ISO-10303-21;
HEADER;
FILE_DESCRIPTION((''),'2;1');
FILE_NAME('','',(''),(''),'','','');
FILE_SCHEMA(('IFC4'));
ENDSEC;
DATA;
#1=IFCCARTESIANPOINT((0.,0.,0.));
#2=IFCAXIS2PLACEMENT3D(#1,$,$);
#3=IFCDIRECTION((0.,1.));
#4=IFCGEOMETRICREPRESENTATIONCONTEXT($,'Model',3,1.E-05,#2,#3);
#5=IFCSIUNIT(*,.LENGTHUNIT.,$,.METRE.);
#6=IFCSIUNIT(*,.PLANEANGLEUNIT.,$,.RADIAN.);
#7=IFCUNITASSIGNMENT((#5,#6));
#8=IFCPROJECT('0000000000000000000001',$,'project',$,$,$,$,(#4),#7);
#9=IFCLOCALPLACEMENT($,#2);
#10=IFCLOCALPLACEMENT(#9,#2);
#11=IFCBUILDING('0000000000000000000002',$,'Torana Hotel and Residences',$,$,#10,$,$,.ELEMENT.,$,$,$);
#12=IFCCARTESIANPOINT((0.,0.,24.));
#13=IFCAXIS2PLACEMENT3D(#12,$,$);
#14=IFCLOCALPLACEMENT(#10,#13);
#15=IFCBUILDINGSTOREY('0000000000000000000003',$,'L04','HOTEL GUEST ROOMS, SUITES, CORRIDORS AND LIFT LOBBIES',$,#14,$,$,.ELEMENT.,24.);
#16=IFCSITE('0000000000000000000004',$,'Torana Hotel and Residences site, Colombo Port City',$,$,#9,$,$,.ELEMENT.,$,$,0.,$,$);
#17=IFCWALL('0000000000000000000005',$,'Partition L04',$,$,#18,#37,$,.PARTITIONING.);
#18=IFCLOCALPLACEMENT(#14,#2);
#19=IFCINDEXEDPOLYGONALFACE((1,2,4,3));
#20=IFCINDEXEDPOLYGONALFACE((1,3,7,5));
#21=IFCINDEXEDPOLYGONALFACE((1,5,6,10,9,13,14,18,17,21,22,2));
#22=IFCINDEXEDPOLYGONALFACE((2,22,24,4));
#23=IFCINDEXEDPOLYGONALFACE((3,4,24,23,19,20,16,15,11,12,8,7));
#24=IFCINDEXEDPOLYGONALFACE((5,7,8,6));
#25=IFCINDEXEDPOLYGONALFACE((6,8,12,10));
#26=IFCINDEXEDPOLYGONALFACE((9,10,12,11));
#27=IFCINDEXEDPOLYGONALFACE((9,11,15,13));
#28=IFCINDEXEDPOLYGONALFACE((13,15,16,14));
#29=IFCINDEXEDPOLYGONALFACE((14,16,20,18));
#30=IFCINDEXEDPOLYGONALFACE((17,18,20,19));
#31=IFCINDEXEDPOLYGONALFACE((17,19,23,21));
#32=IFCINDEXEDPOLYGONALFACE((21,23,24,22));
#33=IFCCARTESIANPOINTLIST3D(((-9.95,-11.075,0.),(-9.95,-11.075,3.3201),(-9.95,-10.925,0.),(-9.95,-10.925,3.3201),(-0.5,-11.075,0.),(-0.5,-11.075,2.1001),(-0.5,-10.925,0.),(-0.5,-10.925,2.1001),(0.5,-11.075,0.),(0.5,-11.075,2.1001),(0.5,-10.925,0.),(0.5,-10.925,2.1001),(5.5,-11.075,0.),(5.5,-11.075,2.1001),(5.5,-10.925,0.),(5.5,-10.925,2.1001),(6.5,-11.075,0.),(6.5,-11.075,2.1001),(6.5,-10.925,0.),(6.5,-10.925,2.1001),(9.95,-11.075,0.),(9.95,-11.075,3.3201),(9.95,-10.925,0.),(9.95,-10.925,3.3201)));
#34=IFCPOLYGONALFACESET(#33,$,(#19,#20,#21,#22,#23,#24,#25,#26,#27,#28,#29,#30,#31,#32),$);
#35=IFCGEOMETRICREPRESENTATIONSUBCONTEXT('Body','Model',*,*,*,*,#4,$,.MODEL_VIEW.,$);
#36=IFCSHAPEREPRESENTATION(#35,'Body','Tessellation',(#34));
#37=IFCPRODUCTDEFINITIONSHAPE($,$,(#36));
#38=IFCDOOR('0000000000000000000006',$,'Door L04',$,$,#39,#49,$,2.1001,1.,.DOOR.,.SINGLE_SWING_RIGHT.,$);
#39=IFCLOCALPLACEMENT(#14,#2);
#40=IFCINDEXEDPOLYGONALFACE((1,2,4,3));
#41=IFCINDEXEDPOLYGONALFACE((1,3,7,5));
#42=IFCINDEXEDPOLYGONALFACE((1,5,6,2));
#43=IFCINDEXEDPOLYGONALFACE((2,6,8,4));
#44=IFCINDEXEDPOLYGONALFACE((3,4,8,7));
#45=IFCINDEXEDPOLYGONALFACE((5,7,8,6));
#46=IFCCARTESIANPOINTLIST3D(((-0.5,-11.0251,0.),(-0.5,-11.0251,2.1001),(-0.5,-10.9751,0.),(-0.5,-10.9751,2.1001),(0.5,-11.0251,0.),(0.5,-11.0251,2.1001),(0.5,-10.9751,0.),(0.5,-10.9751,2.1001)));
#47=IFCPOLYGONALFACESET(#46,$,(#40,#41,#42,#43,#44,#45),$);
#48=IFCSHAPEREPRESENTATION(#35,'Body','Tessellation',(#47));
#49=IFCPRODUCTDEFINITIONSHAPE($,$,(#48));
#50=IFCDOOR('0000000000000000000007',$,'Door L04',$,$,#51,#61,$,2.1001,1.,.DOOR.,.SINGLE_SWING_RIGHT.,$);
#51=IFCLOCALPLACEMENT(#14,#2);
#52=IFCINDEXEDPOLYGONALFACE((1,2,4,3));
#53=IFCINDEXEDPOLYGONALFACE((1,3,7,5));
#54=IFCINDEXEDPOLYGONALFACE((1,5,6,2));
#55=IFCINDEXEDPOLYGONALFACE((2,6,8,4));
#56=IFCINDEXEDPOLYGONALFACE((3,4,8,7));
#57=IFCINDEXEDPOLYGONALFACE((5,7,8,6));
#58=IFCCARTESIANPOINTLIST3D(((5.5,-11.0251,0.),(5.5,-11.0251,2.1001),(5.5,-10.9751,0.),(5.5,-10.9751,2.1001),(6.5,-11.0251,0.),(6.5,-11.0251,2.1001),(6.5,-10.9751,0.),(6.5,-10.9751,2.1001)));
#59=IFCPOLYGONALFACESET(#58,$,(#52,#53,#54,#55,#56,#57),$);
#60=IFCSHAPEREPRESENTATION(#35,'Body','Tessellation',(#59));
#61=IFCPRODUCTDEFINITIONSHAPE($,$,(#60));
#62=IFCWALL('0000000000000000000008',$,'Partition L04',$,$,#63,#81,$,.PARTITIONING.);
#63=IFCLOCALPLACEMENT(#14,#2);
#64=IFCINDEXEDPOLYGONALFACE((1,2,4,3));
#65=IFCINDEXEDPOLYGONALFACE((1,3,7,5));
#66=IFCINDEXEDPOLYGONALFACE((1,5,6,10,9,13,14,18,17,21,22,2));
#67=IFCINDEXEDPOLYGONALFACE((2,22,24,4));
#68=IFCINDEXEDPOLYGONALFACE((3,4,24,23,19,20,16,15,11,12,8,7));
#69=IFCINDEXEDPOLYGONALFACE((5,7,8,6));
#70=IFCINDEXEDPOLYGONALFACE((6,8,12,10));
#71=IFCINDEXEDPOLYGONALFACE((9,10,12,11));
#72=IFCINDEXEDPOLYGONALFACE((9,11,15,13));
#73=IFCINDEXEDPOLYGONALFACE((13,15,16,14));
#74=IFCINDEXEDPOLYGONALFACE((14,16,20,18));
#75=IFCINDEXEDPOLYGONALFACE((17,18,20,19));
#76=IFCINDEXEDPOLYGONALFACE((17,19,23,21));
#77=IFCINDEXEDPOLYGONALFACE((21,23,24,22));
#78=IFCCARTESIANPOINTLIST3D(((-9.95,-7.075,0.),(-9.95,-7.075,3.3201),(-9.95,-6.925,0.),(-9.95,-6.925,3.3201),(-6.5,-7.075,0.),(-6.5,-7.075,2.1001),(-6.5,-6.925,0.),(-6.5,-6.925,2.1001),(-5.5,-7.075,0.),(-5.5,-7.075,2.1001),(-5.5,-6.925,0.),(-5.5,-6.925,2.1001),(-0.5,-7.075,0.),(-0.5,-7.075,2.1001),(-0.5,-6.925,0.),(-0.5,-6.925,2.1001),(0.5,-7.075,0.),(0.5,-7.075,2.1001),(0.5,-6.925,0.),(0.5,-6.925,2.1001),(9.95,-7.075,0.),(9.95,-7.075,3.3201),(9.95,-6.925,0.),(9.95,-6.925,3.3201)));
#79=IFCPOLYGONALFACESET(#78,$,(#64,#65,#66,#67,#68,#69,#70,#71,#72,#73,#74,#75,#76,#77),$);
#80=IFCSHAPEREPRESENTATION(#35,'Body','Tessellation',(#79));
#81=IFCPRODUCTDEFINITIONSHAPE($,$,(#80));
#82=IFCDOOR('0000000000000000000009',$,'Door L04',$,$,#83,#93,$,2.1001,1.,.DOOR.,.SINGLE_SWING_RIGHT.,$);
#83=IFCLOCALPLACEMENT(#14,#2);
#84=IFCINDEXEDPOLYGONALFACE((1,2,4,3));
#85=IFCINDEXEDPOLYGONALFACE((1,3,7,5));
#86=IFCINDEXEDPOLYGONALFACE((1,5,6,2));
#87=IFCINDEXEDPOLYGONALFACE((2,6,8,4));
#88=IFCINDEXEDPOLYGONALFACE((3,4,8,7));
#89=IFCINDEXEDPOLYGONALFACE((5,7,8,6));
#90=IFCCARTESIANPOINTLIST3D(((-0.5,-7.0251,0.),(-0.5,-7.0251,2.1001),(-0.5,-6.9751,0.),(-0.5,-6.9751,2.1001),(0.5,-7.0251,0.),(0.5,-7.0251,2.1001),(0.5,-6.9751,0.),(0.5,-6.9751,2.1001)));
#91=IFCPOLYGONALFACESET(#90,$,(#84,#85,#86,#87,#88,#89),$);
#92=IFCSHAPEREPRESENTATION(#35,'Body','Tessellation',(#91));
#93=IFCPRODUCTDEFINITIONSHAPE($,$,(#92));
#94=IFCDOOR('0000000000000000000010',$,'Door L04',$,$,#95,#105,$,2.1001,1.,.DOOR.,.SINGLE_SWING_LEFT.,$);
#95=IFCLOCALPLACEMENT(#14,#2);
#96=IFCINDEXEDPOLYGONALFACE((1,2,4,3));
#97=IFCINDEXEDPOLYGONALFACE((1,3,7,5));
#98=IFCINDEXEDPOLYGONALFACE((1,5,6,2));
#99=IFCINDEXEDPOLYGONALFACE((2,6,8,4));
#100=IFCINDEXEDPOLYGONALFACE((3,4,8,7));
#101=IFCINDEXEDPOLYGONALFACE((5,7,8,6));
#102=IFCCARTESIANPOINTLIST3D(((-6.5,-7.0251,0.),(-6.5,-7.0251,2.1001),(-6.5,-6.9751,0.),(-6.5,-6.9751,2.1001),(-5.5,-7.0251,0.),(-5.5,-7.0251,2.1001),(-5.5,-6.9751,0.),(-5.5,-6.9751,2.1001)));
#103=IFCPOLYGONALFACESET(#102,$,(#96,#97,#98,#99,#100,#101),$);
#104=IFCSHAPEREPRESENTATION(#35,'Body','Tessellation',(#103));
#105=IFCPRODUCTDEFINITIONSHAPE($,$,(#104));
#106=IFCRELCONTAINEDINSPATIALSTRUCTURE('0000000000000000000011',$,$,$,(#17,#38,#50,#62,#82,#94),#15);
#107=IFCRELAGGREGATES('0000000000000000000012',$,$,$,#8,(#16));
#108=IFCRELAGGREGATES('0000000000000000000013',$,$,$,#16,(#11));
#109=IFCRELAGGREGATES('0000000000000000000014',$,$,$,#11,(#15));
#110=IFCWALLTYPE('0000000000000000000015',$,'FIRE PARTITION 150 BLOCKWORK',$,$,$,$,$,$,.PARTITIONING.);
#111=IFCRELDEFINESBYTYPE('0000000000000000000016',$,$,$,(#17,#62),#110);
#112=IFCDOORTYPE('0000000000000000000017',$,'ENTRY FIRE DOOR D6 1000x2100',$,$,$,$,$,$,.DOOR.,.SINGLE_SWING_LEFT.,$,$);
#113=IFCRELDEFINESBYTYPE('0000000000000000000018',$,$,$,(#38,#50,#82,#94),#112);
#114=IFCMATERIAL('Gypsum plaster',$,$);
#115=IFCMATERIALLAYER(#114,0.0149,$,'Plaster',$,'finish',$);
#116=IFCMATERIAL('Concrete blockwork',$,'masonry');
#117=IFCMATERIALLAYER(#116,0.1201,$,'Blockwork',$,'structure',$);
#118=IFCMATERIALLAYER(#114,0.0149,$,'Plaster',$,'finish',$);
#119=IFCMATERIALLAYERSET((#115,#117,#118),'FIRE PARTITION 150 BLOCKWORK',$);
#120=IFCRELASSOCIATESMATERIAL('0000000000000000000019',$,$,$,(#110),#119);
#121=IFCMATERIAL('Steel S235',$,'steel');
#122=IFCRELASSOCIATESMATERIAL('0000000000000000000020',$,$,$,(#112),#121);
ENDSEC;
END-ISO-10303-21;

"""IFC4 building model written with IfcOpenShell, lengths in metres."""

from ifc_helpers import new_model, si_unit, direction, frame, frame_2d, origin, place, context, subcontext, project, spatial, rectangle, extrude, material, layer, layer_set, type_object, element, fill, save


model = new_model("IFC4")

# Units and contexts
model_context = context("Model", 3, precision=1e-05, world=origin(), true_north=direction((0.0, 1.0)))
body_context = subcontext(model_context, "Body", "Model", "MODEL_VIEW")
ifc_project = project(units=[si_unit("LENGTHUNIT", "METRE"), si_unit("PLANEANGLEUNIT", "RADIAN")], contexts=[model_context])

# Site, building, storey
site_placement = place(None, origin())
site = spatial("IfcSite", under=ifc_project, at=site_placement, Name="Torana Hotel and Residences site, Colombo Port City", CompositionType="ELEMENT", RefElevation=0.0)
building_placement = place(site_placement, origin())
building = spatial("IfcBuilding", under=site, at=building_placement, Name="Torana Hotel and Residences", CompositionType="ELEMENT")
storey_placement = place(building_placement, frame((0.0, 0.0, 24.0)))
storey = spatial("IfcBuildingStorey", under=building, at=storey_placement, Name="L04", Description="HOTEL GUEST ROOMS, SUITES, CORRIDORS AND LIFT LOBBIES", CompositionType="ELEMENT", Elevation=24.0)

# Shared definitions
ifc_material_1 = material(Name="Gypsum plaster")
ifc_layer_1 = layer(ifc_material_1, 0.0149, Name="Plaster", Category="finish")
ifc_material_2 = material(Name="Concrete blockwork", Category="masonry")
ifc_layer_2 = layer(ifc_material_2, 0.1201, Name="Blockwork", Category="structure")
ifc_layer_3 = layer(ifc_material_1, 0.0149, Name="Plaster", Category="finish")
ifc_layer_set_1 = layer_set([ifc_layer_1, ifc_layer_2, ifc_layer_3], Name="FIRE PARTITION 150 BLOCKWORK")
wall_type_1 = type_object("IfcWallType", Name="FIRE PARTITION 150 BLOCKWORK", PredefinedType="PARTITIONING", material=ifc_layer_set_1)

# Walls, openings, doors
wall_1_placement = place(storey_placement, frame((-9.95, -11.0, 0.0), z_axis=(0.0, 0.0, 1.0), x_axis=(1.0, 0.0, 0.0)))
wall_1 = element("IfcWall", 1, at=wall_1_placement, inside=storey, type_object=wall_type_1, Name="Partition L04", PredefinedType="PARTITIONING", context=body_context, shape_type="SweptSolid", body=[
    extrude(rectangle(XDim=19.8999, YDim=0.1499, at=frame_2d((9.95, 0.0))), origin(), (0.0, 0.0, 1.0), 3.3201),
])
opening_1_placement = place(wall_1_placement, frame((9.45, 0.0, 0.0)))
opening_1 = element("IfcOpeningElement", 2, at=opening_1_placement, cuts=wall_1, PredefinedType="OPENING", context=body_context, shape_type="SweptSolid", body=[
    extrude(rectangle(XDim=1.0, YDim=2.1001, at=frame_2d((0.5, 1.05))), frame((0.0, 0.085, 0.0), z_axis=(0.0, -1.0, 0.0), x_axis=(1.0, 0.0, 0.0)), (0.0, 0.0, 1.0), 0.1699),
])
opening_2_placement = place(wall_1_placement, frame((15.45, 0.0, 0.0)))
opening_2 = element("IfcOpeningElement", 3, at=opening_2_placement, cuts=wall_1, PredefinedType="OPENING", context=body_context, shape_type="SweptSolid", body=[
    extrude(rectangle(XDim=1.0, YDim=2.1001, at=frame_2d((0.5, 1.05))), frame((0.0, 0.085, 0.0), z_axis=(0.0, -1.0, 0.0), x_axis=(1.0, 0.0, 0.0)), (0.0, 0.0, 1.0), 0.1699),
])
ifc_material_3 = material(Name="Steel S235", Category="steel")
door_type = type_object("IfcDoorType", Name="ENTRY FIRE DOOR D6 1000x2100", OperationType="SINGLE_SWING_LEFT", PredefinedType="DOOR", material=ifc_material_3)
door_1_placement = place(opening_1_placement, origin())
door_1 = element("IfcDoor", 4, at=door_1_placement, inside=storey, type_object=door_type, Name="Door L04", OperationType="SINGLE_SWING_RIGHT", OverallHeight=2.1001, OverallWidth=1.0, PredefinedType="DOOR", context=body_context, shape_type="SweptSolid", body=[
    extrude(rectangle(XDim=1.0, YDim=2.1001, at=frame_2d((0.5, 1.05))), frame((0.0, 0.0249, 0.0), z_axis=(0.0, -1.0, 0.0), x_axis=(1.0, 0.0, 0.0)), (0.0, 0.0, 1.0), 0.05),
])
fill(opening_1, door_1)
door_2_placement = place(opening_2_placement, origin())
door_2 = element("IfcDoor", 5, at=door_2_placement, inside=storey, type_object=door_type, Name="Door L04", OperationType="SINGLE_SWING_RIGHT", OverallHeight=2.1001, OverallWidth=1.0, PredefinedType="DOOR", context=body_context, shape_type="SweptSolid", body=[
    extrude(rectangle(XDim=1.0, YDim=2.1001, at=frame_2d((0.5, 1.05))), frame((0.0, 0.0249, 0.0), z_axis=(0.0, -1.0, 0.0), x_axis=(1.0, 0.0, 0.0)), (0.0, 0.0, 1.0), 0.05),
])
fill(opening_2, door_2)
wall_2_placement = place(storey_placement, frame((-9.95, -7.0, 0.0), z_axis=(0.0, 0.0, 1.0), x_axis=(1.0, 0.0, 0.0)))
wall_2 = element("IfcWall", 6, at=wall_2_placement, inside=storey, type_object=wall_type_1, Name="Partition L04", PredefinedType="PARTITIONING", context=body_context, shape_type="SweptSolid", body=[
    extrude(rectangle(XDim=19.8999, YDim=0.1499, at=frame_2d((9.95, 0.0))), origin(), (0.0, 0.0, 1.0), 3.3201),
])
opening_3_placement = place(wall_2_placement, frame((9.45, 0.0, 0.0)))
opening_3 = element("IfcOpeningElement", 7, at=opening_3_placement, cuts=wall_2, PredefinedType="OPENING", context=body_context, shape_type="SweptSolid", body=[
    extrude(rectangle(XDim=1.0, YDim=2.1001, at=frame_2d((0.5, 1.05))), frame((0.0, 0.085, 0.0), z_axis=(0.0, -1.0, 0.0), x_axis=(1.0, 0.0, 0.0)), (0.0, 0.0, 1.0), 0.1699),
])
opening_4_placement = place(wall_2_placement, frame((3.45, 0.0, 0.0)))
opening_4 = element("IfcOpeningElement", 8, at=opening_4_placement, cuts=wall_2, PredefinedType="OPENING", context=body_context, shape_type="SweptSolid", body=[
    extrude(rectangle(XDim=1.0, YDim=2.1001, at=frame_2d((0.5, 1.05))), frame((0.0, 0.085, 0.0), z_axis=(0.0, -1.0, 0.0), x_axis=(1.0, 0.0, 0.0)), (0.0, 0.0, 1.0), 0.1699),
])
door_3_placement = place(opening_3_placement, origin())
door_3 = element("IfcDoor", 9, at=door_3_placement, inside=storey, type_object=door_type, Name="Door L04", OperationType="SINGLE_SWING_RIGHT", OverallHeight=2.1001, OverallWidth=1.0, PredefinedType="DOOR", context=body_context, shape_type="SweptSolid", body=[
    extrude(rectangle(XDim=1.0, YDim=2.1001, at=frame_2d((0.5, 1.05))), frame((0.0, 0.0249, 0.0), z_axis=(0.0, -1.0, 0.0), x_axis=(1.0, 0.0, 0.0)), (0.0, 0.0, 1.0), 0.05),
])
fill(opening_3, door_3)
door_4_placement = place(opening_4_placement, frame((0.5, 0.0, 0.0), z_axis=(0.0, 0.0, 1.0), x_axis=(-1.0, 0.0, 0.0)))
door_4 = element("IfcDoor", 10, at=door_4_placement, inside=storey, type_object=door_type, Name="Door L04", OperationType="SINGLE_SWING_LEFT", OverallHeight=2.1001, OverallWidth=1.0, PredefinedType="DOOR", context=body_context, shape_type="SweptSolid", body=[
    extrude(rectangle(XDim=1.0, YDim=2.1001, at=frame_2d((0.0, 1.05))), frame((0.0, -0.0249, 0.0), z_axis=(0.0, 1.0, 0.0), x_axis=(-1.0, 0.0, 0.0)), (0.0, 0.0, 1.0), 0.05),
])
fill(opening_4, door_4)

save(model, "model.ifc")
